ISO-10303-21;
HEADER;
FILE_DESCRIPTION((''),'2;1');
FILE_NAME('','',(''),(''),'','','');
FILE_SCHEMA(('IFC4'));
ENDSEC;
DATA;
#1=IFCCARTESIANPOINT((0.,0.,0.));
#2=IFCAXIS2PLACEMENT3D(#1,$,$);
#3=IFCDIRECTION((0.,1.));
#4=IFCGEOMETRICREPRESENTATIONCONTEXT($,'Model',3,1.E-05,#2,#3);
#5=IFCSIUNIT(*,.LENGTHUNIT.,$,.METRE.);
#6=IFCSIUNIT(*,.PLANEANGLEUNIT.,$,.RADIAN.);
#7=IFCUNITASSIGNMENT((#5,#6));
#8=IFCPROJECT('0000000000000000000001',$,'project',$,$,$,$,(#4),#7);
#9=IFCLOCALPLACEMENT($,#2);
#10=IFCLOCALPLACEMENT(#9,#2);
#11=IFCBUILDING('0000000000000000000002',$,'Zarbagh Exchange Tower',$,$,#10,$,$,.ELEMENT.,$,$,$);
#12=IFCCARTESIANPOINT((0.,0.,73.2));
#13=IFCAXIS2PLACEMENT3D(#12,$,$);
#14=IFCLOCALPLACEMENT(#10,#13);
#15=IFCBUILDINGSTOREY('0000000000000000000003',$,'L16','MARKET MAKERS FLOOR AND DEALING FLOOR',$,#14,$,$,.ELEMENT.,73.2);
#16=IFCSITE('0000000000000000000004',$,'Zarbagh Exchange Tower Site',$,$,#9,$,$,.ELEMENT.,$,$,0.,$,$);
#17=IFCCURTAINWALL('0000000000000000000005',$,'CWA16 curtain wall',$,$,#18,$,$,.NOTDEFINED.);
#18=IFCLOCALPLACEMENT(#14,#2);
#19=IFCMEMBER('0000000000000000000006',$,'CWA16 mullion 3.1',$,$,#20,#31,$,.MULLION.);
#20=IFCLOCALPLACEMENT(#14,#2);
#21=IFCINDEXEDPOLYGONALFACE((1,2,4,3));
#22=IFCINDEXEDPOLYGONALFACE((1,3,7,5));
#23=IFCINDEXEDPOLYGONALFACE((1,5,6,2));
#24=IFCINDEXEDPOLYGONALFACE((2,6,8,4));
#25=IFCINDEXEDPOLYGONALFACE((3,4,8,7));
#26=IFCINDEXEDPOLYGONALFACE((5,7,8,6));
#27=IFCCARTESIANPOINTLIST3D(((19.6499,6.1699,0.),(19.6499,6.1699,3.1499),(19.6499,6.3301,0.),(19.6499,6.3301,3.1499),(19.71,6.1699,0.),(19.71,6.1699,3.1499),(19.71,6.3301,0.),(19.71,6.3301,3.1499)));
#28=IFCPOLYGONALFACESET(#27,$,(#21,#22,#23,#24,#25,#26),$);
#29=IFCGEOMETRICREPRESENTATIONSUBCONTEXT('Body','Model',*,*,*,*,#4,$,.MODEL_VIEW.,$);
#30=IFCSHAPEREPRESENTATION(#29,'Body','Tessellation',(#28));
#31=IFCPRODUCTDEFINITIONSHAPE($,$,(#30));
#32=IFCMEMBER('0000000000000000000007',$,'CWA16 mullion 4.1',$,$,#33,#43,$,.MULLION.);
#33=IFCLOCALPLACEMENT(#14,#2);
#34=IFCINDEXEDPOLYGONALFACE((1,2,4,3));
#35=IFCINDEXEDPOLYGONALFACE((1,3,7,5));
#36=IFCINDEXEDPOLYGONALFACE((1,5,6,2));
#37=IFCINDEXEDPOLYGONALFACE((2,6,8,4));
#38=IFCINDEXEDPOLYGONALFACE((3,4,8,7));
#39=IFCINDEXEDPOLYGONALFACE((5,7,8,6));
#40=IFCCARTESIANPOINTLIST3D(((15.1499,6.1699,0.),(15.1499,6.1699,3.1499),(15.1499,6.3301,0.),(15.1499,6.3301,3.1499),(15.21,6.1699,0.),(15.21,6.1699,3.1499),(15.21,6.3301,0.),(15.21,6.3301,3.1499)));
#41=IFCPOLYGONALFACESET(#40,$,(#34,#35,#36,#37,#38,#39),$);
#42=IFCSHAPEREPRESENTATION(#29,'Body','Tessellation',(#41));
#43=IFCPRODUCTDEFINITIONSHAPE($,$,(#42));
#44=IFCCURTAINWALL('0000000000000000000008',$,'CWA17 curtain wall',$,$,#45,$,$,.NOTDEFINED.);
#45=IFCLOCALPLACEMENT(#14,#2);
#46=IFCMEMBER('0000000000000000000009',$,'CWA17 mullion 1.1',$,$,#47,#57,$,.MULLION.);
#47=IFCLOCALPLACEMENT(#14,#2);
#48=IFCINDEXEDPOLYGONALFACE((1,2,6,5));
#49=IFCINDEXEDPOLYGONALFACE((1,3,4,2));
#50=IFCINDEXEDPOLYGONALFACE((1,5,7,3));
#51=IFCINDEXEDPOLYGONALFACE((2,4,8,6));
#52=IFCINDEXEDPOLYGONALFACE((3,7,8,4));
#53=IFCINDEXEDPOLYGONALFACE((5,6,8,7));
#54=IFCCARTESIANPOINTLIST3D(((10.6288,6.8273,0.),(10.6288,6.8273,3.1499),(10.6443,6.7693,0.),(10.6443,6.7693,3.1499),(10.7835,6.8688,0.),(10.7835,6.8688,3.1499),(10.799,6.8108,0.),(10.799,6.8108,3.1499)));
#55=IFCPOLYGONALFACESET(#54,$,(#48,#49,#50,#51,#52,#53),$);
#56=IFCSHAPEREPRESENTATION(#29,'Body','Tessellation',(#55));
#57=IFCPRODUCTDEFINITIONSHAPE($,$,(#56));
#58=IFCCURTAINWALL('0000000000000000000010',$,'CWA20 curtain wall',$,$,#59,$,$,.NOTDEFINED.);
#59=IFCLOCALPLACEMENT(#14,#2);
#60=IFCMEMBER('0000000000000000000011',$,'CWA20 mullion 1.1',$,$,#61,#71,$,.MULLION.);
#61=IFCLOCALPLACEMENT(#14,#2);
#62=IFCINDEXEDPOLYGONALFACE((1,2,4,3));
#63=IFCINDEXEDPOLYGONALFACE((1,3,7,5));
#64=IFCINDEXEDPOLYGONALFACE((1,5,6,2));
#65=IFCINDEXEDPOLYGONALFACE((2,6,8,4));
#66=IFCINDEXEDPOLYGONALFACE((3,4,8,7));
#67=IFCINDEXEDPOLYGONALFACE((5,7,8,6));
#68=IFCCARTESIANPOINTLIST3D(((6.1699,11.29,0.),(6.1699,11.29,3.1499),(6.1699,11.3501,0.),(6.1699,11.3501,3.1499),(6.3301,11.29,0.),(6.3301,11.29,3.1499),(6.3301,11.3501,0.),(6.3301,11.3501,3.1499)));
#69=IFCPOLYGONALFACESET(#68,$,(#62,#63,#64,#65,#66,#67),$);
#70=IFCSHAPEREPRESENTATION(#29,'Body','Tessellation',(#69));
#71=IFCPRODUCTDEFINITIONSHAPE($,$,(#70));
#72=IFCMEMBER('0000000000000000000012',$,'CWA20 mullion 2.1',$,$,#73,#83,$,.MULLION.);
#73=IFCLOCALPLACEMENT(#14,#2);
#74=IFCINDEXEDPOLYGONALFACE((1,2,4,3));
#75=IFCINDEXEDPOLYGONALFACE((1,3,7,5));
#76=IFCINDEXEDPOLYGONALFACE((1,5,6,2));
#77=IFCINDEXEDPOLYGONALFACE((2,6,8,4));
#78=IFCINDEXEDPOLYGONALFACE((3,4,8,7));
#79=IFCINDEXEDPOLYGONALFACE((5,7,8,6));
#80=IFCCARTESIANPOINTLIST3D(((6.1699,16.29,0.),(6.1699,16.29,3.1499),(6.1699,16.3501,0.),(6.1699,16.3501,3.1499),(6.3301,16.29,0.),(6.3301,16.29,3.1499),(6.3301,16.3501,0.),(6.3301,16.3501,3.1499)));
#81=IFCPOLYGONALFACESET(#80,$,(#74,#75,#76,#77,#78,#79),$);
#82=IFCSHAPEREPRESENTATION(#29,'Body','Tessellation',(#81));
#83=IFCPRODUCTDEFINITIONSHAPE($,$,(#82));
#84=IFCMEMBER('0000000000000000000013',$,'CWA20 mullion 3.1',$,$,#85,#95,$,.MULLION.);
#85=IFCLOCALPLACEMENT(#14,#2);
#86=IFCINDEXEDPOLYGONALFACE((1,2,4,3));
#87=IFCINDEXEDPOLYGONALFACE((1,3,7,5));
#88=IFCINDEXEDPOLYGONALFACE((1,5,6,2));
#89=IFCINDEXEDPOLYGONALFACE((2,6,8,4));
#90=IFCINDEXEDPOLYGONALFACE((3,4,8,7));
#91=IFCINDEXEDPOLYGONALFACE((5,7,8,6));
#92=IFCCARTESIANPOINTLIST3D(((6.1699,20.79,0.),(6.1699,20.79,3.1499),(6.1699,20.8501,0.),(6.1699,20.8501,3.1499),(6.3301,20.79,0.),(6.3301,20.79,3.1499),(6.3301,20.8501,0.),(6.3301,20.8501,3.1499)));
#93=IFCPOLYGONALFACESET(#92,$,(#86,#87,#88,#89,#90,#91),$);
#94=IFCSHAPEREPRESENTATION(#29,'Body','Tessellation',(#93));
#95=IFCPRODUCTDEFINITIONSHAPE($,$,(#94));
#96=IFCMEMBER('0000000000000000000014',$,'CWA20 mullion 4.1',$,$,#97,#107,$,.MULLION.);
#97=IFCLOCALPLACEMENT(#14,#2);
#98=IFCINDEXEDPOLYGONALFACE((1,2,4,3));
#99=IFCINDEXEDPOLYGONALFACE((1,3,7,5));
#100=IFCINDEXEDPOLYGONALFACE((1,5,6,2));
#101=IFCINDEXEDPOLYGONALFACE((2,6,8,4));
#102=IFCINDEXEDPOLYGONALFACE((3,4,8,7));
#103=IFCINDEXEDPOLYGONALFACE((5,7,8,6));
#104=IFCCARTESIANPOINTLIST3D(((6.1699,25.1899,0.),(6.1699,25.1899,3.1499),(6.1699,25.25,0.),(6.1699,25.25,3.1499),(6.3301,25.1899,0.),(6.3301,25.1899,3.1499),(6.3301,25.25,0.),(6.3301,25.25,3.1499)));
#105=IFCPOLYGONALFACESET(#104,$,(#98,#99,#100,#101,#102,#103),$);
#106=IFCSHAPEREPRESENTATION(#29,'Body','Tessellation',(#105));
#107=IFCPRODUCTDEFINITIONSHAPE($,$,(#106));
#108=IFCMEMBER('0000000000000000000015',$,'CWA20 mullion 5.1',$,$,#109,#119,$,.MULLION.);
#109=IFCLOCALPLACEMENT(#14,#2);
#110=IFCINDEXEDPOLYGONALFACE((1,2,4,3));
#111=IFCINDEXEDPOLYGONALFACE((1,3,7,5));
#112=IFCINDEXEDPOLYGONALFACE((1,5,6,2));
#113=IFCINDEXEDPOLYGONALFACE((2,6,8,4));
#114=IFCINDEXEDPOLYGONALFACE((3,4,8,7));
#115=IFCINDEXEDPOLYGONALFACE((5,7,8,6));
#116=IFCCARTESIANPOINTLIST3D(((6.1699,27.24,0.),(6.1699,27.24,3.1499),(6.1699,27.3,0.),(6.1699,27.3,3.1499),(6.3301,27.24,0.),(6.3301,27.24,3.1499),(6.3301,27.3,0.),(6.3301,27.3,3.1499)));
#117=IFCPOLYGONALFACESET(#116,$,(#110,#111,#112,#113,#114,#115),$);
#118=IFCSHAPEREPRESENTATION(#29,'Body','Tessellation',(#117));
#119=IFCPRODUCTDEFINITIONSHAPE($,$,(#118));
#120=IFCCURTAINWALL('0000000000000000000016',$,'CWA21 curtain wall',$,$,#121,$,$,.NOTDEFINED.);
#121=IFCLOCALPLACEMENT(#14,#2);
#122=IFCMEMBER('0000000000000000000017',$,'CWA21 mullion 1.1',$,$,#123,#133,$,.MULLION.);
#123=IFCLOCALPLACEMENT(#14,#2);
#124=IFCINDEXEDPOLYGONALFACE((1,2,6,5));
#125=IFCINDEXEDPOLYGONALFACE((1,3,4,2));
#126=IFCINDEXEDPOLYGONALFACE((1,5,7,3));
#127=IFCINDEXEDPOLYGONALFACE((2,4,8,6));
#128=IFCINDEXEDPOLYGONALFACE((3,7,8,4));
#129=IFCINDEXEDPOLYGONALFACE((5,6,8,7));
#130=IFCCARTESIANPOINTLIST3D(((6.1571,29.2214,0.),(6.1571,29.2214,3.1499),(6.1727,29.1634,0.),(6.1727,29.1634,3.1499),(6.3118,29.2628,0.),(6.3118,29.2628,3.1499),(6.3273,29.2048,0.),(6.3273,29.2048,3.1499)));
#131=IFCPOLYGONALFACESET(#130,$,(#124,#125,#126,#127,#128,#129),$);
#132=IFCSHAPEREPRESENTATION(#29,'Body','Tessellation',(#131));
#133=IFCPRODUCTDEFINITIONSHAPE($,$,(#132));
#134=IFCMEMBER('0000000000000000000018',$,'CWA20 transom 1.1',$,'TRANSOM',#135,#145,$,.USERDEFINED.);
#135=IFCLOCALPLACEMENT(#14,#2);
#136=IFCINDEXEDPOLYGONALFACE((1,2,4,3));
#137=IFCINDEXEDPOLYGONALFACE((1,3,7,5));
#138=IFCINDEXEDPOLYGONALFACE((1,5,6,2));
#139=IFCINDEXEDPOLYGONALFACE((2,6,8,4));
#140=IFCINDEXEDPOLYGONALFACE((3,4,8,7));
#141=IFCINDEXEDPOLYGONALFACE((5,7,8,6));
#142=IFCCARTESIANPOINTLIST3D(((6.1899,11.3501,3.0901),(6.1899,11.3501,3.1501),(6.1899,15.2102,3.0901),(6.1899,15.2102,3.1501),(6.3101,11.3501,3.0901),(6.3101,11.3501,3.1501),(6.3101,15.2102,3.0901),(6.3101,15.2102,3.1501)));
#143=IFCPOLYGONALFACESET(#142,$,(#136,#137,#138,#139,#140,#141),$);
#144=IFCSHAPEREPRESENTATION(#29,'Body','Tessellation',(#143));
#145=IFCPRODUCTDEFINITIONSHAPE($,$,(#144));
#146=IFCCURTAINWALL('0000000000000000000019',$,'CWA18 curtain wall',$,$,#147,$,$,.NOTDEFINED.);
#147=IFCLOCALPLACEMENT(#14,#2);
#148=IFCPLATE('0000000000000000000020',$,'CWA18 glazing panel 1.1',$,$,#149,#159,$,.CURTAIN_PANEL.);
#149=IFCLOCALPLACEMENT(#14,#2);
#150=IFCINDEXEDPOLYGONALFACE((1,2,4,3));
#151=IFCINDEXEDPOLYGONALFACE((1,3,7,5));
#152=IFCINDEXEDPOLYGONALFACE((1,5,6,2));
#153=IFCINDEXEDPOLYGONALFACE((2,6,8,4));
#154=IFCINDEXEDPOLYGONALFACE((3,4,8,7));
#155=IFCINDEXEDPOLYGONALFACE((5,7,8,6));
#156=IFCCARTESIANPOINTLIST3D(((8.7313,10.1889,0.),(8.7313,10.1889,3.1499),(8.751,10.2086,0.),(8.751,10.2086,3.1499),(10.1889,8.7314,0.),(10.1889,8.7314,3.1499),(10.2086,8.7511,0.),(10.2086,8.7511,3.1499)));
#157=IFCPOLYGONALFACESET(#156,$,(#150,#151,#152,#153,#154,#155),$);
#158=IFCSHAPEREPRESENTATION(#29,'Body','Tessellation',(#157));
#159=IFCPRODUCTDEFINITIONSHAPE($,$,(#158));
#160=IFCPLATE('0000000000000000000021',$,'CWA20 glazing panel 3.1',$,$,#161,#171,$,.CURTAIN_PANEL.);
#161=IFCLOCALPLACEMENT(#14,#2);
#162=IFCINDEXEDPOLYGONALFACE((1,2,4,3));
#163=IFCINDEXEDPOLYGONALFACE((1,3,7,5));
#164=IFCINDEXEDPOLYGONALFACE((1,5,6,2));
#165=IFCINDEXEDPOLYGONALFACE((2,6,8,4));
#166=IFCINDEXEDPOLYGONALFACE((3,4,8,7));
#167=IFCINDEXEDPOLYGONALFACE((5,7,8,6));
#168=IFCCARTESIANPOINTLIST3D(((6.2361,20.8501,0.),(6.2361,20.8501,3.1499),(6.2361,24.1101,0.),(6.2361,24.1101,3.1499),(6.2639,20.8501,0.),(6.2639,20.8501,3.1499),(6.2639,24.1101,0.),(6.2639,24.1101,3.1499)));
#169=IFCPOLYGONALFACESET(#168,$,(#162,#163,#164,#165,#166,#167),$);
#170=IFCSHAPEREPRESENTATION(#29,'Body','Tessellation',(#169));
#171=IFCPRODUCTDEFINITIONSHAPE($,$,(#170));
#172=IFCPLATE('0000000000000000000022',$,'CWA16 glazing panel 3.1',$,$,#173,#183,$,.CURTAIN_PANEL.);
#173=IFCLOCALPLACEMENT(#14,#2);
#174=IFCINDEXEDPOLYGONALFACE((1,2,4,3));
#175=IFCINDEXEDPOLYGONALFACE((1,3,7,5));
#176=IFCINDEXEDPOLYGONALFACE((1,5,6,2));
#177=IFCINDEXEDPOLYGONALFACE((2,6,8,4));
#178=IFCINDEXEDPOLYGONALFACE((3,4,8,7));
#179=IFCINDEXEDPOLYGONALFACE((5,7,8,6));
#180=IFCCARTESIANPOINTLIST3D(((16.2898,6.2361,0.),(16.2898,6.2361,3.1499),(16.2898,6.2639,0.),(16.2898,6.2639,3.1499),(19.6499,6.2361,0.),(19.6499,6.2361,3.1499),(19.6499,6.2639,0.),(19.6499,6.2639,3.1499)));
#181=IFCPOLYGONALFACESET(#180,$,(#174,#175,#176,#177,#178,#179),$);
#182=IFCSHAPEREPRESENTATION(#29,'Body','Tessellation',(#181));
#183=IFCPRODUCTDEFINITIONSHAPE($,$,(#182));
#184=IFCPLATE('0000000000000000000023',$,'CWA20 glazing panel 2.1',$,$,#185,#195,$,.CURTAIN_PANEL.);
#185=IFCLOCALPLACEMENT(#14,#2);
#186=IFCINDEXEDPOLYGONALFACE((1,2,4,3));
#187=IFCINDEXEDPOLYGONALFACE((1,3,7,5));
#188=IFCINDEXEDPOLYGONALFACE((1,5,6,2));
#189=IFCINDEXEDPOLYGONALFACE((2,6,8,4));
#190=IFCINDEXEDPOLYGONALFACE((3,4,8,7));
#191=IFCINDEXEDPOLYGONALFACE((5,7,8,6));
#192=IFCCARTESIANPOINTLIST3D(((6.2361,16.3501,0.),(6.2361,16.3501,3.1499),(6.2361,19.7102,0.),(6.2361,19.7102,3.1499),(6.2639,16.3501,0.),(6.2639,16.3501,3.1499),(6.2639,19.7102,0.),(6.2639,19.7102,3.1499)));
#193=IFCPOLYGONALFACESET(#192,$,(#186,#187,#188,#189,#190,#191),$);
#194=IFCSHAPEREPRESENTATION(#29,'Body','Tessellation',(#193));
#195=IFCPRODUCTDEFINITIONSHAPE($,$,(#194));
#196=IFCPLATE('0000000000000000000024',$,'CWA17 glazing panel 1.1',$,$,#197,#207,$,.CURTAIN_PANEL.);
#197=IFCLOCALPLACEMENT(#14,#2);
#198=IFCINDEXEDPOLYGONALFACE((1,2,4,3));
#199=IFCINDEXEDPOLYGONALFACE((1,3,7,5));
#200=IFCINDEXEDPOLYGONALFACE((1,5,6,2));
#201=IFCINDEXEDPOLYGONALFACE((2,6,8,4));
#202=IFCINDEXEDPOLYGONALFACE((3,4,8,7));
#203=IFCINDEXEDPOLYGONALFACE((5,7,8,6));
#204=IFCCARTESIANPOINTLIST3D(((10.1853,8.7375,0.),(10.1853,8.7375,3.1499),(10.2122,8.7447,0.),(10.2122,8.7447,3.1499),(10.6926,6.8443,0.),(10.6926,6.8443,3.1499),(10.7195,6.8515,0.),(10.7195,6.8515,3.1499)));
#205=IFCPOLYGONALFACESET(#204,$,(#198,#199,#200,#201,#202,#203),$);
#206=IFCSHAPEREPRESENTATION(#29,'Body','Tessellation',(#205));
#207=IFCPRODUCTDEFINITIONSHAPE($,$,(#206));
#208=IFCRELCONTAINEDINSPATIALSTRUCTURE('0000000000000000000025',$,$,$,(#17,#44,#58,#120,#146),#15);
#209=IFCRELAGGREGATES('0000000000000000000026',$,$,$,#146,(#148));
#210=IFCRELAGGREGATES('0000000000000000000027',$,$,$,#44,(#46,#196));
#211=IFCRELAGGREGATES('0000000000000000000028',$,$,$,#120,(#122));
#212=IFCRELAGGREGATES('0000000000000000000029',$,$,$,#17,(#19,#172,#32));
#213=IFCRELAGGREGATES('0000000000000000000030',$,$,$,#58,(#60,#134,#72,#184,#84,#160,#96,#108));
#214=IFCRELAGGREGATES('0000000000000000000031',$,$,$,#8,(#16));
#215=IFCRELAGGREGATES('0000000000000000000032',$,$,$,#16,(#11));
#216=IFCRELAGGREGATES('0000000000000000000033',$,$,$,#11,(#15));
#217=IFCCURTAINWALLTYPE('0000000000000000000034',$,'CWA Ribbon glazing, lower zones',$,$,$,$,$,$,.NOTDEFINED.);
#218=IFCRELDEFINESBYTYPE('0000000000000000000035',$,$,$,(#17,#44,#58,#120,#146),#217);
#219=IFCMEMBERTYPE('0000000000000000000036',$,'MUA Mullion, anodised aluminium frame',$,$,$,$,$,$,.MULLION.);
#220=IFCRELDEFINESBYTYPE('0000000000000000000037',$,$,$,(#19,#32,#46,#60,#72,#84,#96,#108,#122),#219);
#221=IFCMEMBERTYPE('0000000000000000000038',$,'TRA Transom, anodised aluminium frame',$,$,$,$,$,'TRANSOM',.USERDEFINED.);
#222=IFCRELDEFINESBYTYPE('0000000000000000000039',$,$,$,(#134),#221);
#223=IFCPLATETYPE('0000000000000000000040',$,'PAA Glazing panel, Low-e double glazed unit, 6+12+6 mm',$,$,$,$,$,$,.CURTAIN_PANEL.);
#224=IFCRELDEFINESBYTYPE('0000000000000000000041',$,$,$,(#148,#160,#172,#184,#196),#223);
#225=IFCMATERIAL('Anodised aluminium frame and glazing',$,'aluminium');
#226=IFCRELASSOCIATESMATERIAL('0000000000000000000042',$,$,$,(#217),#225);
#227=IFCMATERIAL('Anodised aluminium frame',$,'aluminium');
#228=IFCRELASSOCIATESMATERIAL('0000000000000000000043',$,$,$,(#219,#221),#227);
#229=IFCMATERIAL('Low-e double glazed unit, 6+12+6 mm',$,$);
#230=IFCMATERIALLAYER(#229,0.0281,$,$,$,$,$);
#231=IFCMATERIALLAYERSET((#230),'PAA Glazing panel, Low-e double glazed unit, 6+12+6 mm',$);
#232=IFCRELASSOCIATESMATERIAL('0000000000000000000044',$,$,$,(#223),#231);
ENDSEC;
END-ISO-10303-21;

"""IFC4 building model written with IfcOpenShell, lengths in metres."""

from ifc_helpers import new_model, si_unit, direction, frame, origin, place, context, subcontext, project, spatial, polyline, outline, extrude, source, transform, mapped, material, layer, layer_set, type_object, element, aggregate, save


model = new_model("IFC4")

# Units and contexts
model_context = context("Model", 3, precision=1e-05, world=origin(), true_north=direction((0.0, 1.0)))
body_context = subcontext(model_context, "Body", "Model", "MODEL_VIEW")
ifc_project = project(units=[si_unit("LENGTHUNIT", "METRE"), si_unit("PLANEANGLEUNIT", "RADIAN")], contexts=[model_context])

# Site, building, storey
site_placement = place(None, origin())
site = spatial("IfcSite", under=ifc_project, at=site_placement, Name="Zarbagh Exchange Tower Site", CompositionType="ELEMENT", RefElevation=0.0)
building_placement = place(site_placement, origin())
building = spatial("IfcBuilding", under=site, at=building_placement, Name="Zarbagh Exchange Tower", CompositionType="ELEMENT")
storey_placement = place(building_placement, frame((0.0, 0.0, 73.2)))
storey = spatial("IfcBuildingStorey", under=building, at=storey_placement, Name="L16", Description="MARKET MAKERS FLOOR AND DEALING FLOOR", CompositionType="ELEMENT", Elevation=73.2)

# Curtain wall, members
ifc_material_1 = material(Name="Anodised aluminium frame and glazing", Category="aluminium")
curtain_wall_type = type_object("IfcCurtainWallType", Name="CWA Ribbon glazing, lower zones", PredefinedType="NOTDEFINED", material=ifc_material_1)
curtain_wall_1_placement = place(storey_placement, origin())
curtain_wall_1 = element("IfcCurtainWall", 1, at=curtain_wall_1_placement, inside=storey, type_object=curtain_wall_type, Name="CWA16 curtain wall", PredefinedType="NOTDEFINED")
ifc_material_2 = material(Name="Anodised aluminium frame", Category="aluminium")
member_type_1 = type_object("IfcMemberType", Name="MUA Mullion, anodised aluminium frame", PredefinedType="MULLION", material=ifc_material_2)
shared_shape_1 = source(origin(), body_context, "Body", "SweptSolid", [
    extrude(outline(polyline([(0.0, -0.0801), (0.0601, -0.0801), (0.0601, 0.0801), (0.0, 0.0801), (0.0, -0.0801)])), origin(), (0.0, 0.0, 1.0), 3.1499),
])
placement = place(storey_placement, origin())
member_1 = element("IfcMember", 2, at=placement, type_object=member_type_1, Name="CWA16 mullion 3.1", PredefinedType="MULLION", context=body_context, shape_type="MappedRepresentation", body=[
    mapped(shared_shape_1, transform((19.71, 6.25, 0.0), x_axis=(-1.0, 0.0, 0.0), y_axis=(0.0, -1.0, 0.0), z_axis=(0.0, 0.0, 1.0))),
])
member_2 = element("IfcMember", 3, at=placement, type_object=member_type_1, Name="CWA16 mullion 4.1", PredefinedType="MULLION", context=body_context, shape_type="MappedRepresentation", body=[
    mapped(shared_shape_1, transform((15.21, 6.25, 0.0), x_axis=(-1.0, 0.0, 0.0), y_axis=(0.0, -1.0, 0.0), z_axis=(0.0, 0.0, 1.0))),
])

# Curtain wall, member
curtain_wall_2_placement = place(storey_placement, origin())
curtain_wall_2 = element("IfcCurtainWall", 4, at=curtain_wall_2_placement, inside=storey, type_object=curtain_wall_type, Name="CWA17 curtain wall", PredefinedType="NOTDEFINED")
member_3 = element("IfcMember", 5, at=placement, type_object=member_type_1, Name="CWA17 mullion 1.1", PredefinedType="MULLION", context=body_context, shape_type="MappedRepresentation", body=[
    mapped(shared_shape_1, transform((10.7217, 6.79, 0.0), x_axis=(-0.258825, 0.965924, 0.0), y_axis=(-0.965924, -0.258825, 0.0), z_axis=(0.0, 0.0, 1.0))),
])

# Curtain wall, members
curtain_wall_3_placement = place(storey_placement, origin())
curtain_wall_3 = element("IfcCurtainWall", 6, at=curtain_wall_3_placement, inside=storey, type_object=curtain_wall_type, Name="CWA20 curtain wall", PredefinedType="NOTDEFINED")
member_4 = element("IfcMember", 7, at=placement, type_object=member_type_1, Name="CWA20 mullion 1.1", PredefinedType="MULLION", context=body_context, shape_type="MappedRepresentation", body=[
    mapped(shared_shape_1, transform((6.25, 11.29, 0.0), x_axis=(0.0, 1.0, 0.0), y_axis=(-1.0, 0.0, 0.0), z_axis=(0.0, 0.0, 1.0))),
])
member_5 = element("IfcMember", 8, at=placement, type_object=member_type_1, Name="CWA20 mullion 2.1", PredefinedType="MULLION", context=body_context, shape_type="MappedRepresentation", body=[
    mapped(shared_shape_1, transform((6.25, 16.29, 0.0), x_axis=(0.0, 1.0, 0.0), y_axis=(-1.0, 0.0, 0.0), z_axis=(0.0, 0.0, 1.0))),
])
member_6 = element("IfcMember", 9, at=placement, type_object=member_type_1, Name="CWA20 mullion 3.1", PredefinedType="MULLION", context=body_context, shape_type="MappedRepresentation", body=[
    mapped(shared_shape_1, transform((6.25, 20.79, 0.0), x_axis=(0.0, 1.0, 0.0), y_axis=(-1.0, 0.0, 0.0), z_axis=(0.0, 0.0, 1.0))),
])
member_7 = element("IfcMember", 10, at=placement, type_object=member_type_1, Name="CWA20 mullion 4.1", PredefinedType="MULLION", context=body_context, shape_type="MappedRepresentation", body=[
    mapped(shared_shape_1, transform((6.25, 25.1899, 0.0), x_axis=(0.0, 1.0, 0.0), y_axis=(-1.0, 0.0, 0.0), z_axis=(0.0, 0.0, 1.0))),
])
member_8 = element("IfcMember", 11, at=placement, type_object=member_type_1, Name="CWA20 mullion 5.1", PredefinedType="MULLION", context=body_context, shape_type="MappedRepresentation", body=[
    mapped(shared_shape_1, transform((6.25, 27.24, 0.0), x_axis=(0.0, 1.0, 0.0), y_axis=(-1.0, 0.0, 0.0), z_axis=(0.0, 0.0, 1.0))),
])

# Curtain wall, member
curtain_wall_4_placement = place(storey_placement, origin())
curtain_wall_4 = element("IfcCurtainWall", 12, at=curtain_wall_4_placement, inside=storey, type_object=curtain_wall_type, Name="CWA21 curtain wall", PredefinedType="NOTDEFINED")
member_9 = element("IfcMember", 13, at=placement, type_object=member_type_1, Name="CWA21 mullion 1.1", PredefinedType="MULLION", context=body_context, shape_type="MappedRepresentation", body=[
    mapped(shared_shape_1, transform((6.25, 29.1841, 0.0), x_axis=(-0.258825, 0.965924, 0.0), y_axis=(-0.965924, -0.258825, 0.0), z_axis=(0.0, 0.0, 1.0))),
])

# Member
member_type_2 = type_object("IfcMemberType", Name="TRA Transom, anodised aluminium frame", ElementType="TRANSOM", PredefinedType="USERDEFINED", material=ifc_material_2)
shared_shape_2 = source(origin(), body_context, "Body", "SweptSolid", [
    extrude(outline(polyline([(-0.0601, -0.0601), (0.0, -0.0601), (0.0, 0.0601), (-0.0601, 0.0601), (-0.0601, -0.0601)])), origin(), (0.0, 0.0, 1.0), 3.8601),
])
member_10 = element("IfcMember", 14, at=placement, type_object=member_type_2, Name="CWA20 transom 1.1", ObjectType="TRANSOM", PredefinedType="USERDEFINED", context=body_context, shape_type="MappedRepresentation", body=[
    mapped(shared_shape_2, transform((6.25, 11.3501, 3.1501), x_axis=(0.0, 0.0, 1.0), y_axis=(1.0, 0.0, 0.0), z_axis=(0.0, 1.0, 0.0))),
])

# Curtain wall, plate
curtain_wall_5_placement = place(storey_placement, origin())
curtain_wall_5 = element("IfcCurtainWall", 15, at=curtain_wall_5_placement, inside=storey, type_object=curtain_wall_type, Name="CWA18 curtain wall", PredefinedType="NOTDEFINED")
ifc_material_3 = material(Name="Low-e double glazed unit, 6+12+6 mm")
ifc_layer_1 = layer(ifc_material_3, 0.0281)
ifc_layer_set_1 = layer_set([ifc_layer_1], Name="PAA Glazing panel, Low-e double glazed unit, 6+12+6 mm")
plate_type = type_object("IfcPlateType", Name="PAA Glazing panel, Low-e double glazed unit, 6+12+6 mm", PredefinedType="CURTAIN_PANEL", material=ifc_layer_set_1)
shared_shape_3 = source(origin(), body_context, "Body", "SweptSolid", [
    extrude(outline(polyline([(0.0, -0.0139), (2.0613, -0.0139), (2.0613, 0.0139), (0.0, 0.0139), (0.0, -0.0139)])), origin(), (0.0, 0.0, 1.0), 3.1499),
])
plate_1 = element("IfcPlate", 16, at=placement, type_object=plate_type, Name="CWA18 glazing panel 1.1", PredefinedType="CURTAIN_PANEL", context=body_context, shape_type="MappedRepresentation", body=[
    mapped(shared_shape_3, transform((10.1987, 8.7412, 0.0), x_axis=(-0.707107, 0.707107, 0.0), y_axis=(-0.707107, -0.707107, 0.0), z_axis=(0.0, 0.0, 1.0))),
])
aggregate(curtain_wall_5, [plate_1])

# Plates
shared_shape_4 = source(origin(), body_context, "Body", "SweptSolid", [
    extrude(outline(polyline([(0.0, -0.0139), (3.26, -0.0139), (3.26, 0.0139), (0.0, 0.0139), (0.0, -0.0139)])), origin(), (0.0, 0.0, 1.0), 3.1499),
])
plate_2 = element("IfcPlate", 17, at=placement, type_object=plate_type, Name="CWA20 glazing panel 3.1", PredefinedType="CURTAIN_PANEL", context=body_context, shape_type="MappedRepresentation", body=[
    mapped(shared_shape_4, transform((6.25, 20.8501, 0.0), x_axis=(0.0, 1.0, 0.0), y_axis=(-1.0, 0.0, 0.0), z_axis=(0.0, 0.0, 1.0))),
])
shared_shape_5 = source(origin(), body_context, "Body", "SweptSolid", [
    extrude(outline(polyline([(0.0, -0.0139), (3.3601, -0.0139), (3.3601, 0.0139), (0.0, 0.0139), (0.0, -0.0139)])), origin(), (0.0, 0.0, 1.0), 3.1499),
])
plate_3 = element("IfcPlate", 18, at=placement, type_object=plate_type, Name="CWA16 glazing panel 3.1", PredefinedType="CURTAIN_PANEL", context=body_context, shape_type="MappedRepresentation", body=[
    mapped(shared_shape_5, transform((19.6499, 6.25, 0.0), x_axis=(-1.0, 0.0, 0.0), y_axis=(0.0, -1.0, 0.0), z_axis=(0.0, 0.0, 1.0))),
])
plate_4 = element("IfcPlate", 19, at=placement, type_object=plate_type, Name="CWA20 glazing panel 2.1", PredefinedType="CURTAIN_PANEL", context=body_context, shape_type="MappedRepresentation", body=[
    mapped(shared_shape_5, transform((6.25, 16.3501, 0.0), x_axis=(0.0, 1.0, 0.0), y_axis=(-1.0, 0.0, 0.0), z_axis=(0.0, 0.0, 1.0))),
])
shared_shape_6 = source(origin(), body_context, "Body", "SweptSolid", [
    extrude(outline(polyline([(0.0, -0.0139), (1.96, -0.0139), (1.96, 0.0139), (0.0, 0.0139), (0.0, -0.0139)])), origin(), (0.0, 0.0, 1.0), 3.1499),
])
plate_5 = element("IfcPlate", 20, at=placement, type_object=plate_type, Name="CWA17 glazing panel 1.1", PredefinedType="CURTAIN_PANEL", context=body_context, shape_type="MappedRepresentation", body=[
    mapped(shared_shape_6, transform((10.7061, 6.8479, 0.0), x_axis=(-0.258825, 0.965924, 0.0), y_axis=(-0.965924, -0.258825, 0.0), z_axis=(0.0, 0.0, 1.0))),
])
aggregate(curtain_wall_2, [member_3, plate_5])

aggregate(curtain_wall_4, [member_9])
aggregate(curtain_wall_1, [member_1, plate_3, member_2])
aggregate(curtain_wall_3, [member_4, member_10, member_5, plate_4, member_6, plate_2, member_7, member_8])

save(model, "model.ifc")
